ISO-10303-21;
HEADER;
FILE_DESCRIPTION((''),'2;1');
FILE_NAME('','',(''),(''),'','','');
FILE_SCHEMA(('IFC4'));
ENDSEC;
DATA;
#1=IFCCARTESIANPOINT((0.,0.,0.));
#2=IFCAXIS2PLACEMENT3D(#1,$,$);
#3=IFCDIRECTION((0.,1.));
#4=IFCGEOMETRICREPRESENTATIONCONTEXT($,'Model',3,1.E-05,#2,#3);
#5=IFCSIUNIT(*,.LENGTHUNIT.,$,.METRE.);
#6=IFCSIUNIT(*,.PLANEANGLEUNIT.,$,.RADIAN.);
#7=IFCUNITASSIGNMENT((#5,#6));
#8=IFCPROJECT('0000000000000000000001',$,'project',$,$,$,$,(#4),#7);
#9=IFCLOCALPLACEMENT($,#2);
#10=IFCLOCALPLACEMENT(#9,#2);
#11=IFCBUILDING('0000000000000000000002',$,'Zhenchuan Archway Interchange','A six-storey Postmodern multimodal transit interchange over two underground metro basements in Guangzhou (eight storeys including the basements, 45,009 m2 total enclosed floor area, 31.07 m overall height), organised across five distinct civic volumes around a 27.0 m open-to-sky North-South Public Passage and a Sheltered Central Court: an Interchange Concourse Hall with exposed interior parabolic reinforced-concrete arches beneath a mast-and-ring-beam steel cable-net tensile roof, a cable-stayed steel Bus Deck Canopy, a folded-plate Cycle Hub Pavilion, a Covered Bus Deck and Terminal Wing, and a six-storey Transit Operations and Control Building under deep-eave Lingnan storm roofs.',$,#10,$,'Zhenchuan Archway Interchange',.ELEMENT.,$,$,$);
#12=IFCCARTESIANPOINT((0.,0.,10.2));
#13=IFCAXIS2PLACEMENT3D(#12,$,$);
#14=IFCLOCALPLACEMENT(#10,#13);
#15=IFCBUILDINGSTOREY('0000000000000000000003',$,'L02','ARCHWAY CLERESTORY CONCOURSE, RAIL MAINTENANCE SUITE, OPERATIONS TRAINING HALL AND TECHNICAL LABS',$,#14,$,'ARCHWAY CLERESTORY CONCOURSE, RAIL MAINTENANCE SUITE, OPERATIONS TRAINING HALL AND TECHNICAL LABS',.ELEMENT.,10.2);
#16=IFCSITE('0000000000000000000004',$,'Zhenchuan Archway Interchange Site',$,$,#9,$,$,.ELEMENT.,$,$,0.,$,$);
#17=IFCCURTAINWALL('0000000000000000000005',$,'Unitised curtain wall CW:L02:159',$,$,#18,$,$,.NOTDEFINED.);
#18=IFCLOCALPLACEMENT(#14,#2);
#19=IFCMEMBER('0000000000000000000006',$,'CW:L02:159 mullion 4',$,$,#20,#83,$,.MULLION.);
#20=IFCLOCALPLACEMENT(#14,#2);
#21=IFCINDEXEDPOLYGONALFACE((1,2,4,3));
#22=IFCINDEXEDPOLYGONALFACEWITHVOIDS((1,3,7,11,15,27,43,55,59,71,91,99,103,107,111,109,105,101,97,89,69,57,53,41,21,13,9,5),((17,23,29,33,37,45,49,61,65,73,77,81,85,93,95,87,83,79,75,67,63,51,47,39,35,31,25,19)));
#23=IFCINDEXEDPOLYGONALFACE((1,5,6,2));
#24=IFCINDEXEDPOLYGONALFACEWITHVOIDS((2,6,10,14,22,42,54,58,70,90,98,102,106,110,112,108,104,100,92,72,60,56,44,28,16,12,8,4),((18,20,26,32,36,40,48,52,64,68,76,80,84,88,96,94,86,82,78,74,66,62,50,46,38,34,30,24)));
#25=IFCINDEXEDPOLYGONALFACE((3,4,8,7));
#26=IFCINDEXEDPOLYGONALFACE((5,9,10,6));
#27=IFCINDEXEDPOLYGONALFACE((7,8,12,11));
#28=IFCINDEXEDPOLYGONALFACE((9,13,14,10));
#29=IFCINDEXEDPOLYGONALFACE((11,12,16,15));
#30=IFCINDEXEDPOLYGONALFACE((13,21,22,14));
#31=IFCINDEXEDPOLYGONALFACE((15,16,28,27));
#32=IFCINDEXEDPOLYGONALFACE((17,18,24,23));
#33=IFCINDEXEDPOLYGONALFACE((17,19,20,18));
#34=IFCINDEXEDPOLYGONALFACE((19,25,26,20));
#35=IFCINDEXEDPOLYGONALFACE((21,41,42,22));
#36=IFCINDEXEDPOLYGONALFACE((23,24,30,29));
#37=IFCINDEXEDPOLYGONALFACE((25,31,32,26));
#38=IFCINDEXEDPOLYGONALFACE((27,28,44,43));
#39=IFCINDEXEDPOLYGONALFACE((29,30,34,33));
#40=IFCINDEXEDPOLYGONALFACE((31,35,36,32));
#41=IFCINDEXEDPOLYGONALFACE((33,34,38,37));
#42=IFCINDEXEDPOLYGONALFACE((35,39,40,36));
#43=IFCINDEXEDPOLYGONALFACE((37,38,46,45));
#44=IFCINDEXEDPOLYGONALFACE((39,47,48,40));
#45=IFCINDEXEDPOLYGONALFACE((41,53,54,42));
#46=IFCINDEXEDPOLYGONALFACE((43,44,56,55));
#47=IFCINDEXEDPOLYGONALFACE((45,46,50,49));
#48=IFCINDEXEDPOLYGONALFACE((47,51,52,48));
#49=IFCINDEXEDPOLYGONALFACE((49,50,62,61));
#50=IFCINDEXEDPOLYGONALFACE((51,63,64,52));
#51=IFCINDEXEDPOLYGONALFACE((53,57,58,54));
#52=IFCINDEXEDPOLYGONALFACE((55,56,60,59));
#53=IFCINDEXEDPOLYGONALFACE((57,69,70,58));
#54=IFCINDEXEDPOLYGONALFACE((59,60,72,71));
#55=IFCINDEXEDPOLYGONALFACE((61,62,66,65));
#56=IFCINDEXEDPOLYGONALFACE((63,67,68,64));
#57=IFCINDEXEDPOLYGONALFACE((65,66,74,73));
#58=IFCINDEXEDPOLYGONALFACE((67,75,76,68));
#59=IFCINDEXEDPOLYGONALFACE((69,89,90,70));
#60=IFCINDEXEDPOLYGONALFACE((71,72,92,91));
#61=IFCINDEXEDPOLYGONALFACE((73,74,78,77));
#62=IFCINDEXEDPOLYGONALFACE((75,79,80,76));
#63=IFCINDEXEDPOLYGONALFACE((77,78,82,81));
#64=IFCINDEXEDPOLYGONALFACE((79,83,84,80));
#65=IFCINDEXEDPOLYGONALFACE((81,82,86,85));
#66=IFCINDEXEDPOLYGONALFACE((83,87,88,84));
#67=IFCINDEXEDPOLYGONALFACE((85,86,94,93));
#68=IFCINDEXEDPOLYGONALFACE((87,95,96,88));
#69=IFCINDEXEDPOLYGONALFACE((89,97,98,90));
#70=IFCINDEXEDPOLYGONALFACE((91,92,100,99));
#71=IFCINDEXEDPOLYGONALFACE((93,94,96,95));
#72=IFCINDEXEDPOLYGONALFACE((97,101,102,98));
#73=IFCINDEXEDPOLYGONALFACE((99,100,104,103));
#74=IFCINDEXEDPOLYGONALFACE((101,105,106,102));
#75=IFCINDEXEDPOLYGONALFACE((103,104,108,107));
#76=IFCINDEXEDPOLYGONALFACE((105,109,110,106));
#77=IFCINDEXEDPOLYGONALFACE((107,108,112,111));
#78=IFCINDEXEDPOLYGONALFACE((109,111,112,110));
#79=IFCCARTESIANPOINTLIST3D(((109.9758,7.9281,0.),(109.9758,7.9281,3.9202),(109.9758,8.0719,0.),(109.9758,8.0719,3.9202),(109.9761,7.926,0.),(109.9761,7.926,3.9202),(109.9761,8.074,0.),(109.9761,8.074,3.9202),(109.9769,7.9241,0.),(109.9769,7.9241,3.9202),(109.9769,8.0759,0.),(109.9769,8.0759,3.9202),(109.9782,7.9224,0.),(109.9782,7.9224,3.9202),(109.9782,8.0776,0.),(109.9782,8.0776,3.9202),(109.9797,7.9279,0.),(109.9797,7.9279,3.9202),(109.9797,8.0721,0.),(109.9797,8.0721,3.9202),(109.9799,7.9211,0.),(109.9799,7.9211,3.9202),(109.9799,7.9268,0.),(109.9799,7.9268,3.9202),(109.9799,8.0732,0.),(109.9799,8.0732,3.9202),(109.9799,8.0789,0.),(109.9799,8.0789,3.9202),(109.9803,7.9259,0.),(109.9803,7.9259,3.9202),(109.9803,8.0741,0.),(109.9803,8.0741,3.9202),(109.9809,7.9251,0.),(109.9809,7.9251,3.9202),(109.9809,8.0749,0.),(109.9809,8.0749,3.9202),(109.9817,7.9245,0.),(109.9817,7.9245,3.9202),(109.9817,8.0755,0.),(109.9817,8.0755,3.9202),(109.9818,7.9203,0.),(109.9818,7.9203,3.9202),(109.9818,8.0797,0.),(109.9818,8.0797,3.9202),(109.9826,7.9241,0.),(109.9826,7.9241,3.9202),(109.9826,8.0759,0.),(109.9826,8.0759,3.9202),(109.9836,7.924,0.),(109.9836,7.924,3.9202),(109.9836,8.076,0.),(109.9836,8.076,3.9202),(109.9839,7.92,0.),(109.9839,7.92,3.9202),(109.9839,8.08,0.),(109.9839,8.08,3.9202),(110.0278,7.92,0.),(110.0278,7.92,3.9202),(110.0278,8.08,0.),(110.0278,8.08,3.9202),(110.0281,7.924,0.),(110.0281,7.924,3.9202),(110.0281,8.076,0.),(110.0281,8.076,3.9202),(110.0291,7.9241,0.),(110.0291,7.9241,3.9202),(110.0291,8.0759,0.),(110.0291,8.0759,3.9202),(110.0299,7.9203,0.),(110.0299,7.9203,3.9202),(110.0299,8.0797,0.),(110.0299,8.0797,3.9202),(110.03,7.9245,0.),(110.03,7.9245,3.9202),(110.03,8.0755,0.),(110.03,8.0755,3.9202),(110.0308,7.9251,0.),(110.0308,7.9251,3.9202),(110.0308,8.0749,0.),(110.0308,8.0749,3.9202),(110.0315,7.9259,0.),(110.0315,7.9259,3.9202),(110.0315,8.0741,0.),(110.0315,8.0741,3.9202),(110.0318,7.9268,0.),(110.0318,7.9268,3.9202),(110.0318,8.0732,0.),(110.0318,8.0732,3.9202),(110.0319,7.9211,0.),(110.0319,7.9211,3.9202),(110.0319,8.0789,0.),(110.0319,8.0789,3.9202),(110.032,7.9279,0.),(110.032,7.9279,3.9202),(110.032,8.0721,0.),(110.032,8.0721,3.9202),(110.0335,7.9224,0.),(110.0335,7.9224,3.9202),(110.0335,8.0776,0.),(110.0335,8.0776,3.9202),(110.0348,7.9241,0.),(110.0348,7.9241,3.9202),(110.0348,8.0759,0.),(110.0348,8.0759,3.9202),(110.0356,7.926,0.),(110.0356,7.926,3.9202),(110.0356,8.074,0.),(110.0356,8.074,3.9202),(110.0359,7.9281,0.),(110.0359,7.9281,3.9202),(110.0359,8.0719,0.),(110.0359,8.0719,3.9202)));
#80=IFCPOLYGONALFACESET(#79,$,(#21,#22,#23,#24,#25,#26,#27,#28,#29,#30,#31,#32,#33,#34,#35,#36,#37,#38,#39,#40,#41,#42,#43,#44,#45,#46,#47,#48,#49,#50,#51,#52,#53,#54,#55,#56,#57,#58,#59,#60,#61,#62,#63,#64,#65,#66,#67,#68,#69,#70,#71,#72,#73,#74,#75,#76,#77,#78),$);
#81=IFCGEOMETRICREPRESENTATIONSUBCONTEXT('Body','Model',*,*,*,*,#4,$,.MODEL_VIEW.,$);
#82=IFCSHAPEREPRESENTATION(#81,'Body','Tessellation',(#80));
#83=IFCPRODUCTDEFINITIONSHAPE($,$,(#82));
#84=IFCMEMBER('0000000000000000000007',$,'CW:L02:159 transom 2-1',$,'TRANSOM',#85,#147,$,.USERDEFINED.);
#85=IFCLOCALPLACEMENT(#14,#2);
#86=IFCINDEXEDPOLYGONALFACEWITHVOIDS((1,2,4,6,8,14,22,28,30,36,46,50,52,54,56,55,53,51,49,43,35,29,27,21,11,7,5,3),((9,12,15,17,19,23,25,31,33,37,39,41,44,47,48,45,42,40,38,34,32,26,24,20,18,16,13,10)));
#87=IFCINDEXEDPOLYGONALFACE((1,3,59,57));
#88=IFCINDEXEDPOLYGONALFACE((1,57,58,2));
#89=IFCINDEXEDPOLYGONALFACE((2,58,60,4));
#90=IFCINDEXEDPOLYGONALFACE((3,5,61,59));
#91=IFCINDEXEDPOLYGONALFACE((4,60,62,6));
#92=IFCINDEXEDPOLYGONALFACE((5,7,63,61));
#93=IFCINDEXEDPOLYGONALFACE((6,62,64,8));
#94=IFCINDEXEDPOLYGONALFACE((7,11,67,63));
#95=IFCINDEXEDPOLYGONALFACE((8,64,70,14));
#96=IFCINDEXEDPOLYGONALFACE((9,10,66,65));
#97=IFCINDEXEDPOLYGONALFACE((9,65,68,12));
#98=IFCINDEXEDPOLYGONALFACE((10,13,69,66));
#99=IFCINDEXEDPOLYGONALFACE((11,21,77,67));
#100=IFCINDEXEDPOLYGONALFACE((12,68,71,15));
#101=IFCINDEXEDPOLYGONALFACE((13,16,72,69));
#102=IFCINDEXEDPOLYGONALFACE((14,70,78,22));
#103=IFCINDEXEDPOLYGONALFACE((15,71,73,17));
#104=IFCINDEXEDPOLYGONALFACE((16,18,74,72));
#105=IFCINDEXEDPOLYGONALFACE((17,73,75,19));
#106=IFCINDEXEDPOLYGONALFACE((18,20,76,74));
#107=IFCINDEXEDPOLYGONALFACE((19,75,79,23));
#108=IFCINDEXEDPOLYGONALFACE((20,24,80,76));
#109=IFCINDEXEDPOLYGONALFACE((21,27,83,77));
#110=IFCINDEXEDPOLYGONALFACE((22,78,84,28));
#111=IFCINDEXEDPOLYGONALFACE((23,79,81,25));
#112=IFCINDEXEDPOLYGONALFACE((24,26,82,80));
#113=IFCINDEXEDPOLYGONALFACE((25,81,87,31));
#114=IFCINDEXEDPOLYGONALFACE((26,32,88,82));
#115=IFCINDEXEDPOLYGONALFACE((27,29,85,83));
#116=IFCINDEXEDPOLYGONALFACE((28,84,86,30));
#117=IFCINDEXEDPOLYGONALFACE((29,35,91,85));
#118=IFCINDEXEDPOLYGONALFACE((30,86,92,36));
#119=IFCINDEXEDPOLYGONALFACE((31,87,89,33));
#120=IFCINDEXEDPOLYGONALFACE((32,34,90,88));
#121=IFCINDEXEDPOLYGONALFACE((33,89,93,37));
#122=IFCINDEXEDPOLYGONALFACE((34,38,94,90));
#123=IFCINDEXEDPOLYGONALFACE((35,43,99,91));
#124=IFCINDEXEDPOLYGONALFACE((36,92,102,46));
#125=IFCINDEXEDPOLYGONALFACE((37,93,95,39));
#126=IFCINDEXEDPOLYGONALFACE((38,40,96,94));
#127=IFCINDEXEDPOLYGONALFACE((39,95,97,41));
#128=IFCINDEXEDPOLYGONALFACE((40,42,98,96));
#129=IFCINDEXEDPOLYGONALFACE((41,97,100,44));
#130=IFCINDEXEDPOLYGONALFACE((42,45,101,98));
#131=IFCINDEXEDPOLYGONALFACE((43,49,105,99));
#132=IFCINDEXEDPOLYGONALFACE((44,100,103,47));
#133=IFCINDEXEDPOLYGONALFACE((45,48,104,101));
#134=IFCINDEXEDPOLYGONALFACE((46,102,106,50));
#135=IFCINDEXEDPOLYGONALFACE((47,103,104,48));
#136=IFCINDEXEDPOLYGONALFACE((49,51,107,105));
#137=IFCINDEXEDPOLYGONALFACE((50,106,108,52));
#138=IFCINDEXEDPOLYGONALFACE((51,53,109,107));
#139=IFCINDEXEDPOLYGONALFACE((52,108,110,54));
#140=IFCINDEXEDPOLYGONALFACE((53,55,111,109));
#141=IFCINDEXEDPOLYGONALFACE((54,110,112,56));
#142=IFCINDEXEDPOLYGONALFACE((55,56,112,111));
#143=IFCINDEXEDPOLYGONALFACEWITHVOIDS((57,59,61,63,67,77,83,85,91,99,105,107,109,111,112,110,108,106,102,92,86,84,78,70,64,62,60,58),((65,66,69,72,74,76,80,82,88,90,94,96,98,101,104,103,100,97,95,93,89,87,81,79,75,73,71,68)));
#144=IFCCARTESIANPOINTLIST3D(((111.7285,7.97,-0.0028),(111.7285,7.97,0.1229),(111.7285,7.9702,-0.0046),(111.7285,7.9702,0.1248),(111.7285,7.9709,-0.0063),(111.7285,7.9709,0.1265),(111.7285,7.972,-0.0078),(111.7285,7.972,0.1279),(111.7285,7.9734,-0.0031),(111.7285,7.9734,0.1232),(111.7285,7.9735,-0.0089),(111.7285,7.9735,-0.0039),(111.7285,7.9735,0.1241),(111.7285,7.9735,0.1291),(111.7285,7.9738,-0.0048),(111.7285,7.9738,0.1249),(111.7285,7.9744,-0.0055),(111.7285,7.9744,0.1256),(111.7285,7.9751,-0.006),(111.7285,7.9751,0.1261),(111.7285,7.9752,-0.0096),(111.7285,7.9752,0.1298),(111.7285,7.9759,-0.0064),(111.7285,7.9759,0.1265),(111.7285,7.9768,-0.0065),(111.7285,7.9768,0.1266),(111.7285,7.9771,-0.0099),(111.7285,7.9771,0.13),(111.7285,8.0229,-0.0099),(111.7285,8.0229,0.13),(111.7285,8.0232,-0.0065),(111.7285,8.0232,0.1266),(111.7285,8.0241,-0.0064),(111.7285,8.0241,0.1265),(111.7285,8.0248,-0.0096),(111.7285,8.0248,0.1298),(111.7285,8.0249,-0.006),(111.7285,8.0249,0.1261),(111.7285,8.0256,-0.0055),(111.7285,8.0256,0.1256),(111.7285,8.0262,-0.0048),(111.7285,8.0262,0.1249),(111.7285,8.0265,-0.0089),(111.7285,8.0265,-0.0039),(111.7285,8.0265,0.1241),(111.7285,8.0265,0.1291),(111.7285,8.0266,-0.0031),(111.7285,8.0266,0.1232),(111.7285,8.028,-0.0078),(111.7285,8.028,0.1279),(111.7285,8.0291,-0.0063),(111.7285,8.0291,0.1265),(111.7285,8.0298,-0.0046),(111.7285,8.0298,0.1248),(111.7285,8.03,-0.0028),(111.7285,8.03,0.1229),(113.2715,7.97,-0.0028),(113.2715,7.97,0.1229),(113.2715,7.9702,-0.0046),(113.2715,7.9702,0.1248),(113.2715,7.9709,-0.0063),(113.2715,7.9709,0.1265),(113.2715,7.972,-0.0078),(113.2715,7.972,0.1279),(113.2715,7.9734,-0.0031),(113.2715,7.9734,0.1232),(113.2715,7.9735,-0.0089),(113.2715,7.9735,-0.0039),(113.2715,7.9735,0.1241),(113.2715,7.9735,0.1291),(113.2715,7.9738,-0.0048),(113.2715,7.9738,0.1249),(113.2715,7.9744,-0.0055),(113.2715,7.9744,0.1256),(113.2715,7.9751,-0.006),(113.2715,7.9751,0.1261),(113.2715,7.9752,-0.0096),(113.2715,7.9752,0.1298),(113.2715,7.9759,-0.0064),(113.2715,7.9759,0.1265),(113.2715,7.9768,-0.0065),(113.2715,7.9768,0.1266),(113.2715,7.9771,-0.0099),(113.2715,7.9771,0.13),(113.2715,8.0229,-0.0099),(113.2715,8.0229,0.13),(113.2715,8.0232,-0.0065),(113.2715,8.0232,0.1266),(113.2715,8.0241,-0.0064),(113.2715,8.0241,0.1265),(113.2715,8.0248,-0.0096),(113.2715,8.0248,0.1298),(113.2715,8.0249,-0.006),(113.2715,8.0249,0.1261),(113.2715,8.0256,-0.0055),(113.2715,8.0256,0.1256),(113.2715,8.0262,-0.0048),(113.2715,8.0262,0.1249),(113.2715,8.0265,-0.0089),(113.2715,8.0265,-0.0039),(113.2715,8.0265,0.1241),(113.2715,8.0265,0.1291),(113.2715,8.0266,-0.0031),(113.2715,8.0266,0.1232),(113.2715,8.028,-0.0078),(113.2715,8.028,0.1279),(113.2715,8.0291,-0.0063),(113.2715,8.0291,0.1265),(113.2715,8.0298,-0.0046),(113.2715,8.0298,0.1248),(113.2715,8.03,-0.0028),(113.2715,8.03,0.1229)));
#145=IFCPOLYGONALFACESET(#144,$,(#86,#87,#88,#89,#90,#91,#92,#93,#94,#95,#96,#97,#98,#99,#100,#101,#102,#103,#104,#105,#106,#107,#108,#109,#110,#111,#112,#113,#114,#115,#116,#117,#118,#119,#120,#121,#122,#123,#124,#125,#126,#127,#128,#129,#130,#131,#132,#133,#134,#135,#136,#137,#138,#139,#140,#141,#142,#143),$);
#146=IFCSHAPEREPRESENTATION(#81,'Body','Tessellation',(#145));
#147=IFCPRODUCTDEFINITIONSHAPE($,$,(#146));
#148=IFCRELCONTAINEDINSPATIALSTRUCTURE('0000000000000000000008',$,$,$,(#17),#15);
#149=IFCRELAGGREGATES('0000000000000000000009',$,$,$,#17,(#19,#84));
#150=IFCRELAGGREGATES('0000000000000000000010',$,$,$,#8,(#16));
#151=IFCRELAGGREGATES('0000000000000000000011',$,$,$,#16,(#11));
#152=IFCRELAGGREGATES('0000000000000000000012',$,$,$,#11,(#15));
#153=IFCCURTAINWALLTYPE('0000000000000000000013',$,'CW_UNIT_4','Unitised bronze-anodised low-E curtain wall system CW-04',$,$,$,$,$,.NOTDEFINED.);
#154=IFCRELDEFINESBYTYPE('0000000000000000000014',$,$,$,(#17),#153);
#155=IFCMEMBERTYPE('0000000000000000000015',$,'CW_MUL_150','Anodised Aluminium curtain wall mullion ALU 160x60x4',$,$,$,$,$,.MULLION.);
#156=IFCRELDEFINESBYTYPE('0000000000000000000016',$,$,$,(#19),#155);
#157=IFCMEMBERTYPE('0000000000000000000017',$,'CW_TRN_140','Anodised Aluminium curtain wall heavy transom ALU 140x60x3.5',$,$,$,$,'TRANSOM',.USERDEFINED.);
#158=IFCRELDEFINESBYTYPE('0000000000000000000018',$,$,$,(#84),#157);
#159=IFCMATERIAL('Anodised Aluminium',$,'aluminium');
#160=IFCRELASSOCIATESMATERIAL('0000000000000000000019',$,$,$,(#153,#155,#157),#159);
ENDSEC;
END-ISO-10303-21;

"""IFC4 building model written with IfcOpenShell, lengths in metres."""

from ifc_helpers import new_model, si_unit, direction, frame, origin, origin_2d, place, context, subcontext, project, spatial, hollow_rectangle, extrude, material, material_profile, profile_set, type_object, element, aggregate, save


model = new_model("IFC4")

# Units and contexts
model_context = context("Model", 3, precision=1e-05, world=origin(), true_north=direction((0.0, 1.0)))
body_context = subcontext(model_context, "Body", "Model", "MODEL_VIEW")
ifc_project = project(units=[si_unit("LENGTHUNIT", "METRE"), si_unit("PLANEANGLEUNIT", "RADIAN")], contexts=[model_context])

# Site, building, storey
site_placement = place(None, origin())
site = spatial("IfcSite", under=ifc_project, at=site_placement, Name="Zhenchuan Archway Interchange Site", CompositionType="ELEMENT", RefElevation=0.0)
building_placement = place(site_placement, origin())
building = spatial("IfcBuilding", under=site, at=building_placement, Name="Zhenchuan Archway Interchange", Description="A six-storey Postmodern multimodal transit interchange over two underground metro basements in Guangzhou (eight storeys including the basements, 45,009 m2 total enclosed floor area, 31.07 m overall height), organised across five distinct civic volumes around a 27.0 m open-to-sky North-South Public Passage and a Sheltered Central Court: an Interchange Concourse Hall with exposed interior parabolic reinforced-concrete arches beneath a mast-and-ring-beam steel cable-net tensile roof, a cable-stayed steel Bus Deck Canopy, a folded-plate Cycle Hub Pavilion, a Covered Bus Deck and Terminal Wing, and a six-storey Transit Operations and Control Building under deep-eave Lingnan storm roofs.", LongName="Zhenchuan Archway Interchange", CompositionType="ELEMENT")
storey_placement = place(building_placement, frame((0.0, 0.0, 10.2)))
storey = spatial("IfcBuildingStorey", under=building, at=storey_placement, Name="L02", Description="ARCHWAY CLERESTORY CONCOURSE, RAIL MAINTENANCE SUITE, OPERATIONS TRAINING HALL AND TECHNICAL LABS", LongName="ARCHWAY CLERESTORY CONCOURSE, RAIL MAINTENANCE SUITE, OPERATIONS TRAINING HALL AND TECHNICAL LABS", CompositionType="ELEMENT", Elevation=10.2)

# Curtain wall, members
ifc_material_1 = material(Name="Anodised Aluminium", Category="aluminium")
curtain_wall_type = type_object("IfcCurtainWallType", Name="CW_UNIT_4", Description="Unitised bronze-anodised low-E curtain wall system CW-04", PredefinedType="NOTDEFINED", material=ifc_material_1)
curtain_wall_placement = place(storey_placement, origin())
curtain_wall = element("IfcCurtainWall", 1, at=curtain_wall_placement, inside=storey, type_object=curtain_wall_type, Name="Unitised curtain wall CW:L02:159", PredefinedType="NOTDEFINED")
ifc_material_profile_1 = material_profile(ifc_material_1, hollow_rectangle(XDim=0.0601, YDim=0.1599, WallThickness=0.0039, InnerFilletRadius=0.0039, OuterFilletRadius=0.0081, at=origin_2d()), Name="ALU 160x60x4")
ifc_profile_set_1 = profile_set([ifc_material_profile_1], Name="Anodised Aluminium")
member_type_1 = type_object("IfcMemberType", Name="CW_MUL_150", Description="Anodised Aluminium curtain wall mullion ALU 160x60x4", PredefinedType="MULLION", material=ifc_profile_set_1)
member_1_placement = place(storey_placement, frame((110.0059, 8.0, 0.0), z_axis=(0.0, 0.0, 1.0), x_axis=(1.0, 0.0, 0.0)))
member_1 = element("IfcMember", 2, at=member_1_placement, type_object=member_type_1, Name="CW:L02:159 mullion 4", PredefinedType="MULLION", context=body_context, shape_type="SweptSolid", body=[
    extrude(hollow_rectangle(XDim=0.0601, YDim=0.1599, WallThickness=0.0039, InnerFilletRadius=0.0039, OuterFilletRadius=0.0081, at=origin_2d()), origin(), (0.0, 0.0, 1.0), 3.9202),
])
ifc_material_profile_2 = material_profile(ifc_material_1, hollow_rectangle(XDim=0.0601, YDim=0.1399, WallThickness=0.0034, InnerFilletRadius=0.0034, OuterFilletRadius=0.0071, at=origin_2d()), Name="ALU 140x60x3.5")
ifc_profile_set_2 = profile_set([ifc_material_profile_2], Name="Anodised Aluminium")
member_type_2 = type_object("IfcMemberType", Name="CW_TRN_140", Description="Anodised Aluminium curtain wall heavy transom ALU 140x60x3.5", ElementType="TRANSOM", PredefinedType="USERDEFINED", material=ifc_profile_set_2)
member_2_placement = place(storey_placement, frame((113.2715, 8.0, 0.0601), z_axis=(-1.0, 0.0, 0.0), x_axis=(0.0, -1.0, 0.0)))
member_2 = element("IfcMember", 3, at=member_2_placement, type_object=member_type_2, Name="CW:L02:159 transom 2-1", ObjectType="TRANSOM", PredefinedType="USERDEFINED", context=body_context, shape_type="SweptSolid", body=[
    extrude(hollow_rectangle(XDim=0.0601, YDim=0.1399, WallThickness=0.0034, InnerFilletRadius=0.0034, OuterFilletRadius=0.0071, at=origin_2d()), origin(), (0.0, 0.0, 1.0), 1.543),
])

aggregate(curtain_wall, [member_1, member_2])

save(model, "model.ifc")
